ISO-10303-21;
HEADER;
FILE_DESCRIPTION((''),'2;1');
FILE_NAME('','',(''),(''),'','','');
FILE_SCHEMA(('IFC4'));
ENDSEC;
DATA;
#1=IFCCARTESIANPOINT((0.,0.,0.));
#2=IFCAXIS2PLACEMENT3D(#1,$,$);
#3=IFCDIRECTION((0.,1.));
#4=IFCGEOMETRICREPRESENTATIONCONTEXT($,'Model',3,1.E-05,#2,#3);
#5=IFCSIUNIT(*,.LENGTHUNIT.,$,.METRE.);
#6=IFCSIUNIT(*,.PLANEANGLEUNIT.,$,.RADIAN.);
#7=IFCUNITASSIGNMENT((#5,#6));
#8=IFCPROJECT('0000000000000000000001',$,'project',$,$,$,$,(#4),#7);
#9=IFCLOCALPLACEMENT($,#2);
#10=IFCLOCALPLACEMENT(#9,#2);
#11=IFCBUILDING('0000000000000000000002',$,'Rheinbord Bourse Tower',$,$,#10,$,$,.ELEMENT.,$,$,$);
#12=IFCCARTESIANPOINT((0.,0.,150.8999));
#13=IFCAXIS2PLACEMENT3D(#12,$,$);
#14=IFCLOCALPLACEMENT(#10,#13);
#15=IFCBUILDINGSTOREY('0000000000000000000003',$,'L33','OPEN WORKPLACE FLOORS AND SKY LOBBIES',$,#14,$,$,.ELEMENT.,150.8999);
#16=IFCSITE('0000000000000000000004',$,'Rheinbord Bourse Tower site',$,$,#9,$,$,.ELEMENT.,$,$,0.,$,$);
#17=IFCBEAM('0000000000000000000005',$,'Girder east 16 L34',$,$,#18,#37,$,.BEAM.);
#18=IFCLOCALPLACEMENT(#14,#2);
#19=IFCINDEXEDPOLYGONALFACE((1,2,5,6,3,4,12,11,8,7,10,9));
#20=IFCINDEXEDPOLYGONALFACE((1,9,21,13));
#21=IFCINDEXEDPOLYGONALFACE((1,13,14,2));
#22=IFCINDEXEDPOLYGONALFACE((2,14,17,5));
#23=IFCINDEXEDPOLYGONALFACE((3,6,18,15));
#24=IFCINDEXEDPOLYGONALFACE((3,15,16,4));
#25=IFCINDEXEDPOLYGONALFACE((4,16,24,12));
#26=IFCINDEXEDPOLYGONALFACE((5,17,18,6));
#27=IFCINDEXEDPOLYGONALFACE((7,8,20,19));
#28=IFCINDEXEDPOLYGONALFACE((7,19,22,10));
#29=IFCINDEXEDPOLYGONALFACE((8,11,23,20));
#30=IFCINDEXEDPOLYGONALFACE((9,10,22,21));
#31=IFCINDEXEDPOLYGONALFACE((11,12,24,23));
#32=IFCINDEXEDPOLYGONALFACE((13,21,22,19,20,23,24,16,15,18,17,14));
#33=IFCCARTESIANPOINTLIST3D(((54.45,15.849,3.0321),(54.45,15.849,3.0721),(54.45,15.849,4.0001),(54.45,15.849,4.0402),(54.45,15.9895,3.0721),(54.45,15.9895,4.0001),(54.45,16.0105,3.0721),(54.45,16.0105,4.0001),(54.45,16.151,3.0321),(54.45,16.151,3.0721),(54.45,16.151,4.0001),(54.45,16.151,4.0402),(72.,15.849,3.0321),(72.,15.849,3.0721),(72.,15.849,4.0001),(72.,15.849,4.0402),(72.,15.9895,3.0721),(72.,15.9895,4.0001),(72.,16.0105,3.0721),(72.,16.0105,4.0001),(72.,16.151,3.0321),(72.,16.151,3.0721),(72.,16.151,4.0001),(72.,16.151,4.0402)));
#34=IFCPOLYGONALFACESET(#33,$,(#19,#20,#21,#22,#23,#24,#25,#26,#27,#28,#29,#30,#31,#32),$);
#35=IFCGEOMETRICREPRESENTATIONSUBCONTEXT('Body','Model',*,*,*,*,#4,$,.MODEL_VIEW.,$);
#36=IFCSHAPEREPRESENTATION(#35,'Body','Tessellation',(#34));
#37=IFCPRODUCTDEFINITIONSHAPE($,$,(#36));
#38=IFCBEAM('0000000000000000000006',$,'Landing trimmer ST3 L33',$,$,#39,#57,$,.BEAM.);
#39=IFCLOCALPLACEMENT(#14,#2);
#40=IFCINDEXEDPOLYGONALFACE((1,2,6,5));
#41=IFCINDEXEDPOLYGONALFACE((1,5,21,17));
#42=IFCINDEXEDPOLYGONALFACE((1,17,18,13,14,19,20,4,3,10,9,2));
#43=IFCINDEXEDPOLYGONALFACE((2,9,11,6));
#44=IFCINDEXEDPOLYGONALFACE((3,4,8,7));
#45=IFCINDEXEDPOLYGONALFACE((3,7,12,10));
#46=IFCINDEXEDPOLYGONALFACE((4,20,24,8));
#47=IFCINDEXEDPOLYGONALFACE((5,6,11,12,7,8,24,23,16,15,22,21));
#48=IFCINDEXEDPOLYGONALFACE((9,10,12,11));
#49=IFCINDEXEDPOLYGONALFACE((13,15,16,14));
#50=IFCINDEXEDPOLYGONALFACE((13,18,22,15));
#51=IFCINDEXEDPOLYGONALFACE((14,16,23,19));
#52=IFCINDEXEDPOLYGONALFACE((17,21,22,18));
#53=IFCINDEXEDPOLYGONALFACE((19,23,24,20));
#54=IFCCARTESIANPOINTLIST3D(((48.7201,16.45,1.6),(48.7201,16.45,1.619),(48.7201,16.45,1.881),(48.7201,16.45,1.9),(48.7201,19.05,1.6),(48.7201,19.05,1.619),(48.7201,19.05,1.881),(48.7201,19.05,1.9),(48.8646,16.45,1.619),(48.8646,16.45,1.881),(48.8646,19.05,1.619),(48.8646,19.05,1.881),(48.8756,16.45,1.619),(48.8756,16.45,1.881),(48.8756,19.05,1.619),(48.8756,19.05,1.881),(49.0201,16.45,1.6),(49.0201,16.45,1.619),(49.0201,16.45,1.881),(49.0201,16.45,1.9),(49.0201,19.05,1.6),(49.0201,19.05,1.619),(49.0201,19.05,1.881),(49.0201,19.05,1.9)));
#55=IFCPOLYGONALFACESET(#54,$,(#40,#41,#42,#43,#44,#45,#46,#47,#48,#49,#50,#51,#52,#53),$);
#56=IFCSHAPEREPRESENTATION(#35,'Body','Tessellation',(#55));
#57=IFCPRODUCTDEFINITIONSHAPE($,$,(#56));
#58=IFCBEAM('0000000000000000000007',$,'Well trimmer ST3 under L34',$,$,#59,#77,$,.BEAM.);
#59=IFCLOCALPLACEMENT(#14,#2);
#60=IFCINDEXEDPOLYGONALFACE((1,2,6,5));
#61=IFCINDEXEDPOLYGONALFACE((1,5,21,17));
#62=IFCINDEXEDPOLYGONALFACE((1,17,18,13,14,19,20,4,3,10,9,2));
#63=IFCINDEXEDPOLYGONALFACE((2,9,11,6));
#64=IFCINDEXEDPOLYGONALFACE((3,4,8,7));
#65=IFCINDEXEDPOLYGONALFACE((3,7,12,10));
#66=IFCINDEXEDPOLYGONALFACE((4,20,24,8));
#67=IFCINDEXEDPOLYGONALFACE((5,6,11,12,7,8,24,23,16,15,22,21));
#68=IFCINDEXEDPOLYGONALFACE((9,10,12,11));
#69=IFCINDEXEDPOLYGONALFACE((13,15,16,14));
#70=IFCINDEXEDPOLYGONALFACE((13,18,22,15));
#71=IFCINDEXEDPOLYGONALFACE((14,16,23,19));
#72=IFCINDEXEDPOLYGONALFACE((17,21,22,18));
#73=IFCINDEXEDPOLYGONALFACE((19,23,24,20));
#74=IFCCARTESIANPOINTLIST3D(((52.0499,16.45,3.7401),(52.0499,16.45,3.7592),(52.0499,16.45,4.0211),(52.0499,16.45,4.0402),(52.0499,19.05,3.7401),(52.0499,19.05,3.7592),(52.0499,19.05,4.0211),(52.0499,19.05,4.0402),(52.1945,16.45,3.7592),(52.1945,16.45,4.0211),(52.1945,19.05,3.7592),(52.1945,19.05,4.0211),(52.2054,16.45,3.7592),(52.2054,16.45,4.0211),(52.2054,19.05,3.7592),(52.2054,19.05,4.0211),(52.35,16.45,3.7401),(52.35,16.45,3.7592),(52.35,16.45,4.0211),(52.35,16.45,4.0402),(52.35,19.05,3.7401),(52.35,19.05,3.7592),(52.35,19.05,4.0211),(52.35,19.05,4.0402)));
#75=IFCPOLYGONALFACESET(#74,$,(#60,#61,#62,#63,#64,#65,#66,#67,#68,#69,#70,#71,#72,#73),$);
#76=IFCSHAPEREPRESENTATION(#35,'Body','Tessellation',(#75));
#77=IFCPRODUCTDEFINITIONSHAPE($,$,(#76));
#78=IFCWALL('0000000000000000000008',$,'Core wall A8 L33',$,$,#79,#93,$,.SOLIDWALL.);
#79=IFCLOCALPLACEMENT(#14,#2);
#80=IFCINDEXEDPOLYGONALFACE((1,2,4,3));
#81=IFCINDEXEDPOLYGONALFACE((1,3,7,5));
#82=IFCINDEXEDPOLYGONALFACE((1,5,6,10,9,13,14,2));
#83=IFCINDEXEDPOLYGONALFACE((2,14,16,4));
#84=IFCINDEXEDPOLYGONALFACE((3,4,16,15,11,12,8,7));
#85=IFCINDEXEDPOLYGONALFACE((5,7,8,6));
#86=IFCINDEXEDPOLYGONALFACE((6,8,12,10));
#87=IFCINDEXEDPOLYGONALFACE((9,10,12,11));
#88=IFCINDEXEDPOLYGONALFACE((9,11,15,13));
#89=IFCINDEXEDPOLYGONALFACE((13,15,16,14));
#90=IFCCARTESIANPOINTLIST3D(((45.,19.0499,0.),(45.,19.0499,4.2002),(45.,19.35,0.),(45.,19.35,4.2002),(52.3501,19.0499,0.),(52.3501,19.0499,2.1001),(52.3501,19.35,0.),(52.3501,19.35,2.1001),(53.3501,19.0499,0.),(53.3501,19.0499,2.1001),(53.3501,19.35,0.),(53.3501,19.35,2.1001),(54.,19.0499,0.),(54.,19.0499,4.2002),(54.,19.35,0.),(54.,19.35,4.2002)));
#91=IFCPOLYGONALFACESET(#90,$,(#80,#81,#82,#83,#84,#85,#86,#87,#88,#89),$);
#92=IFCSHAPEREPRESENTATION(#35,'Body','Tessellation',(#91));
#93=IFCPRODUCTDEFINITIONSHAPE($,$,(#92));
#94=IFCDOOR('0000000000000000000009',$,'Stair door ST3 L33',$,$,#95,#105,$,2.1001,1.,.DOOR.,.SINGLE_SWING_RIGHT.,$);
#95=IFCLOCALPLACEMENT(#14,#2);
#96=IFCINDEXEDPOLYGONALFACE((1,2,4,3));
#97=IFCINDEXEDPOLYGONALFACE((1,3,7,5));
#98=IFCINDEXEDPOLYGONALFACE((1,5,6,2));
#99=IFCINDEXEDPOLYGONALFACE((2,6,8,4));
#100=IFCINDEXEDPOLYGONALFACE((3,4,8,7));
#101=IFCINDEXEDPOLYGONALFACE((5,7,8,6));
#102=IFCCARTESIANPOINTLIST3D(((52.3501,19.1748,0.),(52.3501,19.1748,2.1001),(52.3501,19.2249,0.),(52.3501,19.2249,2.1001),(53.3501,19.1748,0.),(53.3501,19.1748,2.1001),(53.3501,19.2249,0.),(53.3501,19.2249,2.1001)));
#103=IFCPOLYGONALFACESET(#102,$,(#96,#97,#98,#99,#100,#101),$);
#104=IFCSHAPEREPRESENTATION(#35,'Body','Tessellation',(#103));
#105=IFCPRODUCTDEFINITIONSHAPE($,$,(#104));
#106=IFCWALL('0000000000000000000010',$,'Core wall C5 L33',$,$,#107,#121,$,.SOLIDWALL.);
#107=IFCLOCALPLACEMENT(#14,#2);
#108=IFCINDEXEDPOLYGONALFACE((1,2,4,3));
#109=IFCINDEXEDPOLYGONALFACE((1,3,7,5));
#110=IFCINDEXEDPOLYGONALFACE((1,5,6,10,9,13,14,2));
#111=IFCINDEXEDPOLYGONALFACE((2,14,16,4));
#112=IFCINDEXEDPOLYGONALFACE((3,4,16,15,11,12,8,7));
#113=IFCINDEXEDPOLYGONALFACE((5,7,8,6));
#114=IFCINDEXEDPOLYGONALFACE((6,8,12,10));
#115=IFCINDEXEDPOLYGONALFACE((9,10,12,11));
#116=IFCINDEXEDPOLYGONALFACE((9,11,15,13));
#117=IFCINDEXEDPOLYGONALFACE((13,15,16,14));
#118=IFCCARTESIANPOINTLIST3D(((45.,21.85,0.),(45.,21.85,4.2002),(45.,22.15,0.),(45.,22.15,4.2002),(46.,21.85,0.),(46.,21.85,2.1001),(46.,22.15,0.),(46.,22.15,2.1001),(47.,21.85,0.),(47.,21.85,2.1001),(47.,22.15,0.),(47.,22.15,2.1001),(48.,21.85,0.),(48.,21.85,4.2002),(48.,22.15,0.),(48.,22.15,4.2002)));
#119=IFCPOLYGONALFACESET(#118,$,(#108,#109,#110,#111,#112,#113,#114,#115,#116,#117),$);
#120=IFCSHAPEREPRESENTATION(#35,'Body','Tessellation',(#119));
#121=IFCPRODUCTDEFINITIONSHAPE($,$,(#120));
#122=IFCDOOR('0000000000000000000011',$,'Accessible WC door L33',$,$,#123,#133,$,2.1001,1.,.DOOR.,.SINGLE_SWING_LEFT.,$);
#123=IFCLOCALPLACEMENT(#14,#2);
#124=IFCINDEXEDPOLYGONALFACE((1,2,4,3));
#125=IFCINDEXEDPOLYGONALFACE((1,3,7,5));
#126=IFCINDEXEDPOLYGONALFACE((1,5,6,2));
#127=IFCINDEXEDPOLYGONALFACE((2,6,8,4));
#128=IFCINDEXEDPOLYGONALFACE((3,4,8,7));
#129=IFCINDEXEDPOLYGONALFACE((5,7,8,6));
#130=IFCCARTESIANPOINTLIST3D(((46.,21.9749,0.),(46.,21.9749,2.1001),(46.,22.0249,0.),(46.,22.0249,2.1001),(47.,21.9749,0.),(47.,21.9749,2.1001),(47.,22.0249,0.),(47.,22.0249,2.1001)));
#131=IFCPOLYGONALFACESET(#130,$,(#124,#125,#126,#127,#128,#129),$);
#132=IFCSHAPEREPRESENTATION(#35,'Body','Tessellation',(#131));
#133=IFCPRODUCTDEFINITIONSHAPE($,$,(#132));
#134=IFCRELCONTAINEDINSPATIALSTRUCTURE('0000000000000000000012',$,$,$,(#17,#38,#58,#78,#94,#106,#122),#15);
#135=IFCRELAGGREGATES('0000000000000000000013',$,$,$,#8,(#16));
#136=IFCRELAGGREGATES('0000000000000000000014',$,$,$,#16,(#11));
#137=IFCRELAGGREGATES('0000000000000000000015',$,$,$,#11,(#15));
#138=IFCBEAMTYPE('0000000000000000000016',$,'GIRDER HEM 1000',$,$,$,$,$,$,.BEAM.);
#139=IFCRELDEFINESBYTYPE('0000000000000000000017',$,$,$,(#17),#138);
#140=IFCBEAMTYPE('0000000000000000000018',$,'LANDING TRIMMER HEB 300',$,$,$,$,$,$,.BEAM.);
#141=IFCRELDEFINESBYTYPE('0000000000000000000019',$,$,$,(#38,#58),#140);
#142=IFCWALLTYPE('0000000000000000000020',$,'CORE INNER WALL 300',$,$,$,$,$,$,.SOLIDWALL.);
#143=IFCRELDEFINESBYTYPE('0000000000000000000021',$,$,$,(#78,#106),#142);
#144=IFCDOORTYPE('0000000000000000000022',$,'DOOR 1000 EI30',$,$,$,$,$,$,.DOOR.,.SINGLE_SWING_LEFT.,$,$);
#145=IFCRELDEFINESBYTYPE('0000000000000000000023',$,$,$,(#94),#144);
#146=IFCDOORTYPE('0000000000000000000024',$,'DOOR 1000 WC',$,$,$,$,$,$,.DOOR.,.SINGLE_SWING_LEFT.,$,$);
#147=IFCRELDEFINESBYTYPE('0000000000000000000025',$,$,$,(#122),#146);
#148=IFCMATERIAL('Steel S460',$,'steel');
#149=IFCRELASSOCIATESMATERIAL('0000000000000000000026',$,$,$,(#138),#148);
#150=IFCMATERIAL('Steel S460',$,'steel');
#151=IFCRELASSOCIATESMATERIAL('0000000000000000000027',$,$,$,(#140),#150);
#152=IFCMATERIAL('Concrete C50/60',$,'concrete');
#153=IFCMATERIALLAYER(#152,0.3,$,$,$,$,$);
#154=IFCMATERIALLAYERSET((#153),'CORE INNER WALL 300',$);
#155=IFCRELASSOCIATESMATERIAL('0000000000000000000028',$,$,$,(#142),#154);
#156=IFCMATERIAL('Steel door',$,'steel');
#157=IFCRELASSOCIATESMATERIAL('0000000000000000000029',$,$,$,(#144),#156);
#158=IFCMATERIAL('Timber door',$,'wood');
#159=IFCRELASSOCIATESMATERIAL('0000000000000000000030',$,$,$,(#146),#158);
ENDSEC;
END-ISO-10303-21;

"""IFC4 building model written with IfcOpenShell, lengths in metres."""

from ifc_helpers import new_model, si_unit, direction, frame, frame_2d, origin, origin_2d, place, context, subcontext, project, spatial, rectangle, i_section, extrude, material, layer, layer_set, material_profile, profile_set, type_object, element, fill, save


model = new_model("IFC4")

# Units and contexts
model_context = context("Model", 3, precision=1e-05, world=origin(), true_north=direction((0.0, 1.0)))
body_context = subcontext(model_context, "Body", "Model", "MODEL_VIEW")
ifc_project = project(units=[si_unit("LENGTHUNIT", "METRE"), si_unit("PLANEANGLEUNIT", "RADIAN")], contexts=[model_context])

# Site, building, storey
site_placement = place(None, origin())
site = spatial("IfcSite", under=ifc_project, at=site_placement, Name="Rheinbord Bourse Tower site", CompositionType="ELEMENT", RefElevation=0.0)
building_placement = place(site_placement, origin())
building = spatial("IfcBuilding", under=site, at=building_placement, Name="Rheinbord Bourse Tower", CompositionType="ELEMENT")
storey_placement = place(building_placement, frame((0.0, 0.0, 150.8999)))
storey = spatial("IfcBuildingStorey", under=building, at=storey_placement, Name="L33", Description="OPEN WORKPLACE FLOORS AND SKY LOBBIES", CompositionType="ELEMENT", Elevation=150.8999)

# Beams
ifc_material_1 = material(Name="Steel S460", Category="steel")
ifc_material_profile_1 = material_profile(ifc_material_1, i_section(OverallWidth=0.302, OverallDepth=1.0081, WebThickness=0.021, FlangeThickness=0.04, at=origin_2d()), Name="HEM 1000")
ifc_profile_set_1 = profile_set([ifc_material_profile_1], Name="Steel S460")
beam_type_1 = type_object("IfcBeamType", Name="GIRDER HEM 1000", PredefinedType="BEAM", material=ifc_profile_set_1)
beam_placement = place(storey_placement, frame((54.45, 16.0, 3.5361), z_axis=(1.0, 0.0, 0.0), x_axis=(0.0, 1.0, 0.0)))
element("IfcBeam", 1, at=beam_placement, inside=storey, type_object=beam_type_1, Name="Girder east 16 L34", PredefinedType="BEAM", context=body_context, shape_type="SweptSolid", body=[
    extrude(i_section(OverallWidth=0.302, OverallDepth=1.0081, WebThickness=0.021, FlangeThickness=0.04, at=origin_2d()), origin(), (0.0, 0.0, 1.0), 17.55),
])
ifc_material_2 = material(Name="Steel S460", Category="steel")
ifc_material_profile_2 = material_profile(ifc_material_2, i_section(OverallWidth=0.3, OverallDepth=0.3, WebThickness=0.011, FlangeThickness=0.019, at=origin_2d()), Name="HEB 300")
ifc_profile_set_2 = profile_set([ifc_material_profile_2], Name="Steel S460")
beam_type_2 = type_object("IfcBeamType", Name="LANDING TRIMMER HEB 300", PredefinedType="BEAM", material=ifc_profile_set_2)
for number, where, z_axis, x_axis, name in (
    (2, (48.8701, 16.45, 1.75), (0.0, 1.0, 0.0), (-1.0, 0.0, 0.0), "Landing trimmer ST3 L33"),
    (3, (52.2, 16.45, 3.8901), (0.0, 1.0, 0.0), (-1.0, 0.0, 0.0), "Well trimmer ST3 under L34"),
):
    element("IfcBeam", number, at=place(storey_placement, frame(where, z_axis=z_axis, x_axis=x_axis)), inside=storey, type_object=beam_type_2, Name=name, PredefinedType="BEAM", context=body_context, shape_type="SweptSolid", body=[
        extrude(i_section(OverallWidth=0.3, OverallDepth=0.3, WebThickness=0.011, FlangeThickness=0.019, at=origin_2d()), origin(), (0.0, 0.0, 1.0), 2.6001),
    ])

# Walls, openings, doors
ifc_material_3 = material(Name="Concrete C50/60", Category="concrete")
ifc_layer_1 = layer(ifc_material_3, 0.3)
ifc_layer_set_1 = layer_set([ifc_layer_1], Name="CORE INNER WALL 300")
wall_type_1 = type_object("IfcWallType", Name="CORE INNER WALL 300", PredefinedType="SOLIDWALL", material=ifc_layer_set_1)
wall_1_placement = place(storey_placement, frame((45.0, 19.2, 0.0), z_axis=(0.0, 0.0, 1.0), x_axis=(1.0, 0.0, 0.0)))
wall_1 = element("IfcWall", 4, at=wall_1_placement, inside=storey, type_object=wall_type_1, Name="Core wall A8 L33", PredefinedType="SOLIDWALL", context=body_context, shape_type="SweptSolid", body=[
    extrude(rectangle(XDim=9.0, YDim=0.3, at=frame_2d((4.5, 0.0))), origin(), (0.0, 0.0, 1.0), 4.2002),
])
opening_1_placement = place(wall_1_placement, frame((7.3501, 0.0, 0.0)))
opening_1 = element("IfcOpeningElement", 5, at=opening_1_placement, cuts=wall_1, PredefinedType="OPENING", context=body_context, shape_type="SweptSolid", body=[
    extrude(rectangle(XDim=1.0, YDim=2.1001, at=frame_2d((0.5, 1.05))), frame((0.0, 0.1599, 0.0), z_axis=(0.0, -1.0, 0.0), x_axis=(1.0, 0.0, 0.0)), (0.0, 0.0, 1.0), 0.3201),
])
ifc_material_4 = material(Name="Steel door", Category="steel")
door_type_1 = type_object("IfcDoorType", Name="DOOR 1000 EI30", OperationType="SINGLE_SWING_LEFT", PredefinedType="DOOR", material=ifc_material_4)
door_1_placement = place(opening_1_placement, origin())
door_1 = element("IfcDoor", 6, at=door_1_placement, inside=storey, type_object=door_type_1, Name="Stair door ST3 L33", OperationType="SINGLE_SWING_RIGHT", OverallHeight=2.1001, OverallWidth=1.0, PredefinedType="DOOR", context=body_context, shape_type="SweptSolid", body=[
    extrude(rectangle(XDim=1.0, YDim=2.1001, at=frame_2d((0.5, 1.05))), frame((0.0, 0.0249, 0.0), z_axis=(0.0, -1.0, 0.0), x_axis=(1.0, 0.0, 0.0)), (0.0, 0.0, 1.0), 0.05),
])
fill(opening_1, door_1)
wall_2_placement = place(storey_placement, frame((45.0, 22.0, 0.0), z_axis=(0.0, 0.0, 1.0), x_axis=(1.0, 0.0, 0.0)))
wall_2 = element("IfcWall", 7, at=wall_2_placement, inside=storey, type_object=wall_type_1, Name="Core wall C5 L33", PredefinedType="SOLIDWALL", context=body_context, shape_type="SweptSolid", body=[
    extrude(rectangle(XDim=3.0, YDim=0.3, at=frame_2d((1.5, 0.0))), origin(), (0.0, 0.0, 1.0), 4.2002),
])
opening_2_placement = place(wall_2_placement, frame((1.0, 0.0, 0.0)))
opening_2 = element("IfcOpeningElement", 8, at=opening_2_placement, cuts=wall_2, PredefinedType="OPENING", context=body_context, shape_type="SweptSolid", body=[
    extrude(rectangle(XDim=1.0, YDim=2.1001, at=frame_2d((0.5, 1.05))), frame((0.0, 0.1599, 0.0), z_axis=(0.0, -1.0, 0.0), x_axis=(1.0, 0.0, 0.0)), (0.0, 0.0, 1.0), 0.3201),
])
ifc_material_5 = material(Name="Timber door", Category="wood")
door_type_2 = type_object("IfcDoorType", Name="DOOR 1000 WC", OperationType="SINGLE_SWING_LEFT", PredefinedType="DOOR", material=ifc_material_5)
door_2_placement = place(opening_2_placement, origin())
door_2 = element("IfcDoor", 9, at=door_2_placement, inside=storey, type_object=door_type_2, Name="Accessible WC door L33", OperationType="SINGLE_SWING_LEFT", OverallHeight=2.1001, OverallWidth=1.0, PredefinedType="DOOR", context=body_context, shape_type="SweptSolid", body=[
    extrude(rectangle(XDim=1.0, YDim=2.1001, at=frame_2d((0.5, 1.05))), frame((0.0, 0.0249, 0.0), z_axis=(0.0, -1.0, 0.0), x_axis=(1.0, 0.0, 0.0)), (0.0, 0.0, 1.0), 0.05),
])
fill(opening_2, door_2)

save(model, "model.ifc")
